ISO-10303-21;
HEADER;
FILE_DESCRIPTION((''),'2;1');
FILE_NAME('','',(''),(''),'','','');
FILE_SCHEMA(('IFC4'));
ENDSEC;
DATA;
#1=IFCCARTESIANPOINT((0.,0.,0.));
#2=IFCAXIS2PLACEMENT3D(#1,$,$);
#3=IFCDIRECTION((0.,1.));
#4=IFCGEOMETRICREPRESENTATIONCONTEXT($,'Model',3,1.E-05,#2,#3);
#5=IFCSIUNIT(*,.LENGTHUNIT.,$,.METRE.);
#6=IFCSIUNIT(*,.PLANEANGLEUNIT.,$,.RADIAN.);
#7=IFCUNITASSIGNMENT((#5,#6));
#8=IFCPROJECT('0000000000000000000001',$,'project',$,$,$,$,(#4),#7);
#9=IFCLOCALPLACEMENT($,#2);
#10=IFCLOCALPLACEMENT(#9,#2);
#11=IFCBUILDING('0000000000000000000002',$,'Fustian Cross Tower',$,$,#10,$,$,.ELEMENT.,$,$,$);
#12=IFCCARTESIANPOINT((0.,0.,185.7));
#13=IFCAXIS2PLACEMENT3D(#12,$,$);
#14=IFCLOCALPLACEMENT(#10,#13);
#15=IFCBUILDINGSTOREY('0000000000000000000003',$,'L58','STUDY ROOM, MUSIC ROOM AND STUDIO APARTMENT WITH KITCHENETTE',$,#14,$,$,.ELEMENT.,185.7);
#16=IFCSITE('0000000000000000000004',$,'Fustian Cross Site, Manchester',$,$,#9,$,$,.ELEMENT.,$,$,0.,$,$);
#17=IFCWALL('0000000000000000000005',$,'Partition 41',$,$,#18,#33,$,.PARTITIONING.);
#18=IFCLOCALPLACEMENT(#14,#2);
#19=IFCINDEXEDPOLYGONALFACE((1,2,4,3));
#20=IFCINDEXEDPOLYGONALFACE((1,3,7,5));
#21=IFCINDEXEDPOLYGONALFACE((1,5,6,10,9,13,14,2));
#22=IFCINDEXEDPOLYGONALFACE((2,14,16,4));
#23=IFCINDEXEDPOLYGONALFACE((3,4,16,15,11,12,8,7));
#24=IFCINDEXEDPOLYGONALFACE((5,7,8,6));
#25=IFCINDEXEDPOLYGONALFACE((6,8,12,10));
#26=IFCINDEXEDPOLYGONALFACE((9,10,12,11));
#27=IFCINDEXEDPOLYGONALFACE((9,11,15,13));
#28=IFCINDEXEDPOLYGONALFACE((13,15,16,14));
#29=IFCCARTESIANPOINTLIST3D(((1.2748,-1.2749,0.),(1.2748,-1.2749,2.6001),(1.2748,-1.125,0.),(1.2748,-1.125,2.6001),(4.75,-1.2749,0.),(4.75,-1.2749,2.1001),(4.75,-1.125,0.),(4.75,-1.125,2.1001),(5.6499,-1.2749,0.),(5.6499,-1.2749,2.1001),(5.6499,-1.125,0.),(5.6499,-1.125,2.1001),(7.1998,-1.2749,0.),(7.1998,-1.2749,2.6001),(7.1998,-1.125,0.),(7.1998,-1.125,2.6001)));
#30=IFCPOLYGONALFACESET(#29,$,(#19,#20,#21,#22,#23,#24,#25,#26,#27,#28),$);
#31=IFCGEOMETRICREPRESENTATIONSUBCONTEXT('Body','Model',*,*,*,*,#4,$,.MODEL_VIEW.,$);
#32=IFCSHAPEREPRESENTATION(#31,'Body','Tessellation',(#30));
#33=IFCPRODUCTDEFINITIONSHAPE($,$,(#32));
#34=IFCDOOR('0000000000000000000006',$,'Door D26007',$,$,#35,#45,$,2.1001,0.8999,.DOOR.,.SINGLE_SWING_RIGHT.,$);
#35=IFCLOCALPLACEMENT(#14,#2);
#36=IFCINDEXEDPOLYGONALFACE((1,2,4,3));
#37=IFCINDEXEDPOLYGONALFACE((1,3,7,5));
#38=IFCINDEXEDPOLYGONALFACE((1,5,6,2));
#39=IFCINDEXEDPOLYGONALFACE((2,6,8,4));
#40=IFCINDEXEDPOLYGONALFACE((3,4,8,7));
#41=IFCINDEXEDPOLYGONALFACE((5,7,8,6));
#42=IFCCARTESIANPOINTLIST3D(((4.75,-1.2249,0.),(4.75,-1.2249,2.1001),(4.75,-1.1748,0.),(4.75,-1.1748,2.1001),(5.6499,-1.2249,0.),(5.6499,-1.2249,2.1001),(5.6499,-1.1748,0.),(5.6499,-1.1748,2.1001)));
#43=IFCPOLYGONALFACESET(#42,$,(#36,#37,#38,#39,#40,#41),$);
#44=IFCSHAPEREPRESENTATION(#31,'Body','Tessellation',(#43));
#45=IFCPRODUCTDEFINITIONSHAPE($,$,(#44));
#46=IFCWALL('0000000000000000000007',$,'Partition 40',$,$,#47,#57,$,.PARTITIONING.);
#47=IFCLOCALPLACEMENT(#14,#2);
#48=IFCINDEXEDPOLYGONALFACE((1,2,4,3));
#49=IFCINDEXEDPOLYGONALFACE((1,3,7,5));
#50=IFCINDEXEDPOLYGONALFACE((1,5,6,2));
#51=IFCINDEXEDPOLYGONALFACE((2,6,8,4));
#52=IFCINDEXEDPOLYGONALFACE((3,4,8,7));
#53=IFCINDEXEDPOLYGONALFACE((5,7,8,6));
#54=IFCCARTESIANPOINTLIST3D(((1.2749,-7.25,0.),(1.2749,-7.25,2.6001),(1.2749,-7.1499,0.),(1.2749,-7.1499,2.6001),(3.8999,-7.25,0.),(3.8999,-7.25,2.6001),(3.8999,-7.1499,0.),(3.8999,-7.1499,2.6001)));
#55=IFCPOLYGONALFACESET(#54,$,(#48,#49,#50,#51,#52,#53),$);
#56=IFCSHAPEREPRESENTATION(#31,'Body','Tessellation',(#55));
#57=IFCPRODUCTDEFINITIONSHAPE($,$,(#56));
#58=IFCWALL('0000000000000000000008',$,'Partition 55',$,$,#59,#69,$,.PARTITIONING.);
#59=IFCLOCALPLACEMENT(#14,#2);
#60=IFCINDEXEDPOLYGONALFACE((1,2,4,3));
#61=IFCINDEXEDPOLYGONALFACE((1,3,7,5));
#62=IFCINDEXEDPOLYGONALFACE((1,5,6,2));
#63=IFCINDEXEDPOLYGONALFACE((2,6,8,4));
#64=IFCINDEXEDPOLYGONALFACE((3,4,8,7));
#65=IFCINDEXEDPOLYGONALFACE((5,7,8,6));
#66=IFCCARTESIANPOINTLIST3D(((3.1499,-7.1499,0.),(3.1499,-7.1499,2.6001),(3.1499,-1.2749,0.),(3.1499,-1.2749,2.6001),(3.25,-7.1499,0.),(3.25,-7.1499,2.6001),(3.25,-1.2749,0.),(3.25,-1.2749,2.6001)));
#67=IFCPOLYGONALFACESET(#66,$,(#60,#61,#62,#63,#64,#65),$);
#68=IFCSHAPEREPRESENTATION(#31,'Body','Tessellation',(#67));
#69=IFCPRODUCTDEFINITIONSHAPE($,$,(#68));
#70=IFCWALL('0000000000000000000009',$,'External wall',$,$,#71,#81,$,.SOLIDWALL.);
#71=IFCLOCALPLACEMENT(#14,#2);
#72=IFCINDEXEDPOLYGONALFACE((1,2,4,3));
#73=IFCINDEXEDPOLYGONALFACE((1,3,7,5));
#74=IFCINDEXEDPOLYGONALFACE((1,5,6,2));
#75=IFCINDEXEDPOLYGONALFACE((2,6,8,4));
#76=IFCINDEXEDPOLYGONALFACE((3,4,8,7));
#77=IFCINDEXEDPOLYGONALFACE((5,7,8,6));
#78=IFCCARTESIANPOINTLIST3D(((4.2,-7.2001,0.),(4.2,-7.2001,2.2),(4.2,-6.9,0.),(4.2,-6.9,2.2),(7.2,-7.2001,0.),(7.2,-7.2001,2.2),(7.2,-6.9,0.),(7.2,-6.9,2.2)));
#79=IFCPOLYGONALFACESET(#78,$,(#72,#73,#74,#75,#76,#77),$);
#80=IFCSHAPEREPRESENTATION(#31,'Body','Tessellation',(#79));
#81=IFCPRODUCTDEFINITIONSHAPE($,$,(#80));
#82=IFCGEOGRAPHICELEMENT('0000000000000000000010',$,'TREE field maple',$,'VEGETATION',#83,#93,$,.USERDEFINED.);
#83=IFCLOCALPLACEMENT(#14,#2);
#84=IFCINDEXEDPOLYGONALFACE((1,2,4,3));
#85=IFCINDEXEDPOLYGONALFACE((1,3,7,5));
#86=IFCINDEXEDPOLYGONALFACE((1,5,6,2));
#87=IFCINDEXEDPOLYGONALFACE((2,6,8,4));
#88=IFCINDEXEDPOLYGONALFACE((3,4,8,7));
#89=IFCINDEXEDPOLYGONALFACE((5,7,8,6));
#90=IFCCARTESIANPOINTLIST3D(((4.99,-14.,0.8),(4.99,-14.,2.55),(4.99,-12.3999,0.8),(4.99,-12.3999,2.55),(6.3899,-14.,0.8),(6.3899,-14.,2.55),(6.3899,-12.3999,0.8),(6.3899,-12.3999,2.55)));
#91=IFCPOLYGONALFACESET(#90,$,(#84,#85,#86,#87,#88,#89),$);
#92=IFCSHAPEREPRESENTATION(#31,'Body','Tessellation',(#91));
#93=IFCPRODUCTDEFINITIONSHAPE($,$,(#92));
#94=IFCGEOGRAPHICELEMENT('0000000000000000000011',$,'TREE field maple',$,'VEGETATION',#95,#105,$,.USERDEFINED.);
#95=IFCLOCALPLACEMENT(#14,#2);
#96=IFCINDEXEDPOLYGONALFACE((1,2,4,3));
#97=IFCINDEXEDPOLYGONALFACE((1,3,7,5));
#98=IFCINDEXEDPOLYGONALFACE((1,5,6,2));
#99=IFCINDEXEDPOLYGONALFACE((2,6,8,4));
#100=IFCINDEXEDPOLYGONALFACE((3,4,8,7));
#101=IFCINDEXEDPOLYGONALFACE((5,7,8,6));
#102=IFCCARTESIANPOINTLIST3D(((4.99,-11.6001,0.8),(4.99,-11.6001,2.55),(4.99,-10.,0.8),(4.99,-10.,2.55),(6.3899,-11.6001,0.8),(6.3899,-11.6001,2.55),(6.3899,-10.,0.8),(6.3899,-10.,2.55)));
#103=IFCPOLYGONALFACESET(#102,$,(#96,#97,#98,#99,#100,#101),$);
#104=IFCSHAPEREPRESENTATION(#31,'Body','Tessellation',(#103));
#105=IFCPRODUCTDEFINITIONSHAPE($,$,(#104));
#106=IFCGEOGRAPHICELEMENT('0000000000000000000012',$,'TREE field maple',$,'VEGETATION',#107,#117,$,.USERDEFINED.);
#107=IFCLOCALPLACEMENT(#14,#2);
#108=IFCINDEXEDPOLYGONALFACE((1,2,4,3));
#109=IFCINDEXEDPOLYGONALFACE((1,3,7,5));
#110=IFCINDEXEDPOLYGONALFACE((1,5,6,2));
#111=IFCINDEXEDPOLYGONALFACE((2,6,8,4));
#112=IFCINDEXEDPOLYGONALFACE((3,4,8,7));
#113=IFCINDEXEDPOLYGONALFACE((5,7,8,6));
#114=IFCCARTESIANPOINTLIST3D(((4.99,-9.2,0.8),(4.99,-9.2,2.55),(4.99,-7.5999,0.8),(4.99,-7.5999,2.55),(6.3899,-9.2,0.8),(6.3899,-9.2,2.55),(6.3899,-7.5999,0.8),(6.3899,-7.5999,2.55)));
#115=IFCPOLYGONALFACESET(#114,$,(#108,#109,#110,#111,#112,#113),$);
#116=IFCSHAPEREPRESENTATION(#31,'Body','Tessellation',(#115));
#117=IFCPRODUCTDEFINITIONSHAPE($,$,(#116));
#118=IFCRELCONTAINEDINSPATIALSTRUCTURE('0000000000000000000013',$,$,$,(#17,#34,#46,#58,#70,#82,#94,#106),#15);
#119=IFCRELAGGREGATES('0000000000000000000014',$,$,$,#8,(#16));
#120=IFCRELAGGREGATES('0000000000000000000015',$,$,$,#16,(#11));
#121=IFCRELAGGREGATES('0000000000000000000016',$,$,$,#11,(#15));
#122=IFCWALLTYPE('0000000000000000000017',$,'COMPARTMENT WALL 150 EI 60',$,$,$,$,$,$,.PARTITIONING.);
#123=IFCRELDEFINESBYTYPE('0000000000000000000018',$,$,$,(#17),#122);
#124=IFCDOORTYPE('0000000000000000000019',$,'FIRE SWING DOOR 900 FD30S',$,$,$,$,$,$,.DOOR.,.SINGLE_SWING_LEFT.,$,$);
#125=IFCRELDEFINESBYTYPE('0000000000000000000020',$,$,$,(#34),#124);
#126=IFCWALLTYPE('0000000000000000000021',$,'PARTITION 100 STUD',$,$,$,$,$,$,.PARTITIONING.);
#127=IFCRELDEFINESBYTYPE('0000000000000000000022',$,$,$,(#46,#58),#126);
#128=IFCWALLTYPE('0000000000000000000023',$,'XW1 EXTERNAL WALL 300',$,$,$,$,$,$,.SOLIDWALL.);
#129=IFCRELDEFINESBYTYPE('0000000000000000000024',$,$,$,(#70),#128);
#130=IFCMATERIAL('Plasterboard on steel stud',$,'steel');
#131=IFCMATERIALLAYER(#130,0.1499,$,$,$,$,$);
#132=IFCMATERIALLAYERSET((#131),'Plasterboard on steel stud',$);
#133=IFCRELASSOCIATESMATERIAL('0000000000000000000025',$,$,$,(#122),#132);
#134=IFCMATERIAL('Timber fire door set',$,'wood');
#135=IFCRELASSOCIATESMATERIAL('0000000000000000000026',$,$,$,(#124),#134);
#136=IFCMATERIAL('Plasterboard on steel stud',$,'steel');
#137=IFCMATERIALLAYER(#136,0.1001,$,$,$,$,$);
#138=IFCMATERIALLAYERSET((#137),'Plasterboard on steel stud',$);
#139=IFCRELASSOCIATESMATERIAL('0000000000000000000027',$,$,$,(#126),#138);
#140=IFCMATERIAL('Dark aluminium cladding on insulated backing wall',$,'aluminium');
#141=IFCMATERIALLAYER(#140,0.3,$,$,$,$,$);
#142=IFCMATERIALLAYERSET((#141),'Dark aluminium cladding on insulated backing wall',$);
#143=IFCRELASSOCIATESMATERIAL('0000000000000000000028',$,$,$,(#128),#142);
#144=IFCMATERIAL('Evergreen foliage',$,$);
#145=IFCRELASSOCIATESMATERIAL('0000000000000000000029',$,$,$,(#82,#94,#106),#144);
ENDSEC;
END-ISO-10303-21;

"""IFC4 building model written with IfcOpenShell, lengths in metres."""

from ifc_helpers import new_model, si_unit, direction, frame, frame_2d, origin, origin_2d, place, context, subcontext, project, spatial, rectangle, extrude, material, layer, layer_set, type_object, element, fill, save


model = new_model("IFC4")

# Units and contexts
model_context = context("Model", 3, precision=1e-05, world=origin(), true_north=direction((0.0, 1.0)))
body_context = subcontext(model_context, "Body", "Model", "MODEL_VIEW")
ifc_project = project(units=[si_unit("LENGTHUNIT", "METRE"), si_unit("PLANEANGLEUNIT", "RADIAN")], contexts=[model_context])

# Site, building, storey
site_placement = place(None, origin())
site = spatial("IfcSite", under=ifc_project, at=site_placement, Name="Fustian Cross Site, Manchester", CompositionType="ELEMENT", RefElevation=0.0)
building_placement = place(site_placement, origin())
building = spatial("IfcBuilding", under=site, at=building_placement, Name="Fustian Cross Tower", CompositionType="ELEMENT")
storey_placement = place(building_placement, frame((0.0, 0.0, 185.7)))
storey = spatial("IfcBuildingStorey", under=building, at=storey_placement, Name="L58", Description="STUDY ROOM, MUSIC ROOM AND STUDIO APARTMENT WITH KITCHENETTE", CompositionType="ELEMENT", Elevation=185.7)

# Wall, opening, door
ifc_material_1 = material(Name="Plasterboard on steel stud", Category="steel")
ifc_layer_1 = layer(ifc_material_1, 0.1499)
ifc_layer_set_1 = layer_set([ifc_layer_1], Name="Plasterboard on steel stud")
wall_type_1 = type_object("IfcWallType", Name="COMPARTMENT WALL 150 EI 60", PredefinedType="PARTITIONING", material=ifc_layer_set_1)
wall_1_placement = place(storey_placement, frame((1.2749, -1.2, 0.0), z_axis=(0.0, 0.0, 1.0), x_axis=(1.0, 0.0, 0.0)))
wall_1 = element("IfcWall", 1, at=wall_1_placement, inside=storey, type_object=wall_type_1, Name="Partition 41", PredefinedType="PARTITIONING", context=body_context, shape_type="SweptSolid", body=[
    extrude(rectangle(XDim=5.925, YDim=0.1499, at=frame_2d((2.9624, 0.0))), origin(), (0.0, 0.0, 1.0), 2.6001),
])
opening_placement = place(wall_1_placement, frame((3.4751, 0.0, 0.0)))
opening = element("IfcOpeningElement", 2, at=opening_placement, cuts=wall_1, PredefinedType="OPENING", context=body_context, shape_type="SweptSolid", body=[
    extrude(rectangle(XDim=0.8999, YDim=2.1001, at=frame_2d((0.45, 1.05))), frame((0.0, 0.085, 0.0), z_axis=(0.0, -1.0, 0.0), x_axis=(1.0, 0.0, 0.0)), (0.0, 0.0, 1.0), 0.1699),
])
ifc_material_2 = material(Name="Timber fire door set", Category="wood")
door_type = type_object("IfcDoorType", Name="FIRE SWING DOOR 900 FD30S", OperationType="SINGLE_SWING_LEFT", PredefinedType="DOOR", material=ifc_material_2)
door_placement = place(opening_placement, frame((0.8999, 0.0, 0.0), z_axis=(0.0, 0.0, 1.0), x_axis=(-1.0, 0.0, 0.0)))
door = element("IfcDoor", 3, at=door_placement, inside=storey, type_object=door_type, Name="Door D26007", OperationType="SINGLE_SWING_RIGHT", OverallHeight=2.1001, OverallWidth=0.8999, PredefinedType="DOOR", context=body_context, shape_type="SweptSolid", body=[
    extrude(rectangle(XDim=0.8999, YDim=2.1001, at=frame_2d((0.45, 1.05))), frame((0.0, 0.0249, 0.0), z_axis=(0.0, -1.0, 0.0), x_axis=(1.0, 0.0, 0.0)), (0.0, 0.0, 1.0), 0.05),
])
fill(opening, door)

# Walls
ifc_material_3 = material(Name="Plasterboard on steel stud", Category="steel")
ifc_layer_2 = layer(ifc_material_3, 0.1001)
ifc_layer_set_2 = layer_set([ifc_layer_2], Name="Plasterboard on steel stud")
wall_type_2 = type_object("IfcWallType", Name="PARTITION 100 STUD", PredefinedType="PARTITIONING", material=ifc_layer_set_2)
wall_2_placement = place(storey_placement, frame((1.2749, -7.2, 0.0), z_axis=(0.0, 0.0, 1.0), x_axis=(1.0, 0.0, 0.0)))
element("IfcWall", 4, at=wall_2_placement, inside=storey, type_object=wall_type_2, Name="Partition 40", PredefinedType="PARTITIONING", context=body_context, shape_type="SweptSolid", body=[
    extrude(rectangle(XDim=2.625, YDim=0.1001, at=frame_2d((1.3125, 0.0))), origin(), (0.0, 0.0, 1.0), 2.6001),
])
wall_3_placement = place(storey_placement, frame((3.2, -7.1499, 0.0), z_axis=(0.0, 0.0, 1.0), x_axis=(0.0, 1.0, 0.0)))
element("IfcWall", 5, at=wall_3_placement, inside=storey, type_object=wall_type_2, Name="Partition 55", PredefinedType="PARTITIONING", context=body_context, shape_type="SweptSolid", body=[
    extrude(rectangle(XDim=5.875, YDim=0.1001, at=frame_2d((2.9375, 0.0))), origin(), (0.0, 0.0, 1.0), 2.6001),
])
ifc_material_4 = material(Name="Dark aluminium cladding on insulated backing wall", Category="aluminium")
ifc_layer_3 = layer(ifc_material_4, 0.3)
ifc_layer_set_3 = layer_set([ifc_layer_3], Name="Dark aluminium cladding on insulated backing wall")
wall_type_3 = type_object("IfcWallType", Name="XW1 EXTERNAL WALL 300", PredefinedType="SOLIDWALL", material=ifc_layer_set_3)
wall_4_placement = place(storey_placement, frame((4.2, -7.05, 0.0), z_axis=(0.0, 0.0, 1.0), x_axis=(1.0, 0.0, 0.0)))
element("IfcWall", 6, at=wall_4_placement, inside=storey, type_object=wall_type_3, Name="External wall", PredefinedType="SOLIDWALL", context=body_context, shape_type="SweptSolid", body=[
    extrude(rectangle(XDim=3.0, YDim=0.3, at=frame_2d((1.5, 0.0))), origin(), (0.0, 0.0, 1.0), 2.2),
])

# Geographic elements
ifc_material_5 = material(Name="Evergreen foliage")
for number, where, z_axis, x_axis, name in (
    (7, (5.6899, -13.2, 0.8), (0.0, 0.0, 1.0), (1.0, 0.0, 0.0), "TREE field maple"),
    (8, (5.6899, -10.8, 0.8), (0.0, 0.0, 1.0), (1.0, 0.0, 0.0), "TREE field maple"),
    (9, (5.6899, -8.3999, 0.8), (0.0, 0.0, 1.0), (1.0, 0.0, 0.0), "TREE field maple"),
):
    element("IfcGeographicElement", number, at=place(storey_placement, frame(where, z_axis=z_axis, x_axis=x_axis)), inside=storey, material=ifc_material_5, Name=name, ObjectType="VEGETATION", PredefinedType="USERDEFINED", context=body_context, shape_type="SweptSolid", body=[
        extrude(rectangle(XDim=1.3999, YDim=1.6001, at=origin_2d()), origin(), (0.0, 0.0, 1.0), 1.75),
    ])

save(model, "model.ifc")
